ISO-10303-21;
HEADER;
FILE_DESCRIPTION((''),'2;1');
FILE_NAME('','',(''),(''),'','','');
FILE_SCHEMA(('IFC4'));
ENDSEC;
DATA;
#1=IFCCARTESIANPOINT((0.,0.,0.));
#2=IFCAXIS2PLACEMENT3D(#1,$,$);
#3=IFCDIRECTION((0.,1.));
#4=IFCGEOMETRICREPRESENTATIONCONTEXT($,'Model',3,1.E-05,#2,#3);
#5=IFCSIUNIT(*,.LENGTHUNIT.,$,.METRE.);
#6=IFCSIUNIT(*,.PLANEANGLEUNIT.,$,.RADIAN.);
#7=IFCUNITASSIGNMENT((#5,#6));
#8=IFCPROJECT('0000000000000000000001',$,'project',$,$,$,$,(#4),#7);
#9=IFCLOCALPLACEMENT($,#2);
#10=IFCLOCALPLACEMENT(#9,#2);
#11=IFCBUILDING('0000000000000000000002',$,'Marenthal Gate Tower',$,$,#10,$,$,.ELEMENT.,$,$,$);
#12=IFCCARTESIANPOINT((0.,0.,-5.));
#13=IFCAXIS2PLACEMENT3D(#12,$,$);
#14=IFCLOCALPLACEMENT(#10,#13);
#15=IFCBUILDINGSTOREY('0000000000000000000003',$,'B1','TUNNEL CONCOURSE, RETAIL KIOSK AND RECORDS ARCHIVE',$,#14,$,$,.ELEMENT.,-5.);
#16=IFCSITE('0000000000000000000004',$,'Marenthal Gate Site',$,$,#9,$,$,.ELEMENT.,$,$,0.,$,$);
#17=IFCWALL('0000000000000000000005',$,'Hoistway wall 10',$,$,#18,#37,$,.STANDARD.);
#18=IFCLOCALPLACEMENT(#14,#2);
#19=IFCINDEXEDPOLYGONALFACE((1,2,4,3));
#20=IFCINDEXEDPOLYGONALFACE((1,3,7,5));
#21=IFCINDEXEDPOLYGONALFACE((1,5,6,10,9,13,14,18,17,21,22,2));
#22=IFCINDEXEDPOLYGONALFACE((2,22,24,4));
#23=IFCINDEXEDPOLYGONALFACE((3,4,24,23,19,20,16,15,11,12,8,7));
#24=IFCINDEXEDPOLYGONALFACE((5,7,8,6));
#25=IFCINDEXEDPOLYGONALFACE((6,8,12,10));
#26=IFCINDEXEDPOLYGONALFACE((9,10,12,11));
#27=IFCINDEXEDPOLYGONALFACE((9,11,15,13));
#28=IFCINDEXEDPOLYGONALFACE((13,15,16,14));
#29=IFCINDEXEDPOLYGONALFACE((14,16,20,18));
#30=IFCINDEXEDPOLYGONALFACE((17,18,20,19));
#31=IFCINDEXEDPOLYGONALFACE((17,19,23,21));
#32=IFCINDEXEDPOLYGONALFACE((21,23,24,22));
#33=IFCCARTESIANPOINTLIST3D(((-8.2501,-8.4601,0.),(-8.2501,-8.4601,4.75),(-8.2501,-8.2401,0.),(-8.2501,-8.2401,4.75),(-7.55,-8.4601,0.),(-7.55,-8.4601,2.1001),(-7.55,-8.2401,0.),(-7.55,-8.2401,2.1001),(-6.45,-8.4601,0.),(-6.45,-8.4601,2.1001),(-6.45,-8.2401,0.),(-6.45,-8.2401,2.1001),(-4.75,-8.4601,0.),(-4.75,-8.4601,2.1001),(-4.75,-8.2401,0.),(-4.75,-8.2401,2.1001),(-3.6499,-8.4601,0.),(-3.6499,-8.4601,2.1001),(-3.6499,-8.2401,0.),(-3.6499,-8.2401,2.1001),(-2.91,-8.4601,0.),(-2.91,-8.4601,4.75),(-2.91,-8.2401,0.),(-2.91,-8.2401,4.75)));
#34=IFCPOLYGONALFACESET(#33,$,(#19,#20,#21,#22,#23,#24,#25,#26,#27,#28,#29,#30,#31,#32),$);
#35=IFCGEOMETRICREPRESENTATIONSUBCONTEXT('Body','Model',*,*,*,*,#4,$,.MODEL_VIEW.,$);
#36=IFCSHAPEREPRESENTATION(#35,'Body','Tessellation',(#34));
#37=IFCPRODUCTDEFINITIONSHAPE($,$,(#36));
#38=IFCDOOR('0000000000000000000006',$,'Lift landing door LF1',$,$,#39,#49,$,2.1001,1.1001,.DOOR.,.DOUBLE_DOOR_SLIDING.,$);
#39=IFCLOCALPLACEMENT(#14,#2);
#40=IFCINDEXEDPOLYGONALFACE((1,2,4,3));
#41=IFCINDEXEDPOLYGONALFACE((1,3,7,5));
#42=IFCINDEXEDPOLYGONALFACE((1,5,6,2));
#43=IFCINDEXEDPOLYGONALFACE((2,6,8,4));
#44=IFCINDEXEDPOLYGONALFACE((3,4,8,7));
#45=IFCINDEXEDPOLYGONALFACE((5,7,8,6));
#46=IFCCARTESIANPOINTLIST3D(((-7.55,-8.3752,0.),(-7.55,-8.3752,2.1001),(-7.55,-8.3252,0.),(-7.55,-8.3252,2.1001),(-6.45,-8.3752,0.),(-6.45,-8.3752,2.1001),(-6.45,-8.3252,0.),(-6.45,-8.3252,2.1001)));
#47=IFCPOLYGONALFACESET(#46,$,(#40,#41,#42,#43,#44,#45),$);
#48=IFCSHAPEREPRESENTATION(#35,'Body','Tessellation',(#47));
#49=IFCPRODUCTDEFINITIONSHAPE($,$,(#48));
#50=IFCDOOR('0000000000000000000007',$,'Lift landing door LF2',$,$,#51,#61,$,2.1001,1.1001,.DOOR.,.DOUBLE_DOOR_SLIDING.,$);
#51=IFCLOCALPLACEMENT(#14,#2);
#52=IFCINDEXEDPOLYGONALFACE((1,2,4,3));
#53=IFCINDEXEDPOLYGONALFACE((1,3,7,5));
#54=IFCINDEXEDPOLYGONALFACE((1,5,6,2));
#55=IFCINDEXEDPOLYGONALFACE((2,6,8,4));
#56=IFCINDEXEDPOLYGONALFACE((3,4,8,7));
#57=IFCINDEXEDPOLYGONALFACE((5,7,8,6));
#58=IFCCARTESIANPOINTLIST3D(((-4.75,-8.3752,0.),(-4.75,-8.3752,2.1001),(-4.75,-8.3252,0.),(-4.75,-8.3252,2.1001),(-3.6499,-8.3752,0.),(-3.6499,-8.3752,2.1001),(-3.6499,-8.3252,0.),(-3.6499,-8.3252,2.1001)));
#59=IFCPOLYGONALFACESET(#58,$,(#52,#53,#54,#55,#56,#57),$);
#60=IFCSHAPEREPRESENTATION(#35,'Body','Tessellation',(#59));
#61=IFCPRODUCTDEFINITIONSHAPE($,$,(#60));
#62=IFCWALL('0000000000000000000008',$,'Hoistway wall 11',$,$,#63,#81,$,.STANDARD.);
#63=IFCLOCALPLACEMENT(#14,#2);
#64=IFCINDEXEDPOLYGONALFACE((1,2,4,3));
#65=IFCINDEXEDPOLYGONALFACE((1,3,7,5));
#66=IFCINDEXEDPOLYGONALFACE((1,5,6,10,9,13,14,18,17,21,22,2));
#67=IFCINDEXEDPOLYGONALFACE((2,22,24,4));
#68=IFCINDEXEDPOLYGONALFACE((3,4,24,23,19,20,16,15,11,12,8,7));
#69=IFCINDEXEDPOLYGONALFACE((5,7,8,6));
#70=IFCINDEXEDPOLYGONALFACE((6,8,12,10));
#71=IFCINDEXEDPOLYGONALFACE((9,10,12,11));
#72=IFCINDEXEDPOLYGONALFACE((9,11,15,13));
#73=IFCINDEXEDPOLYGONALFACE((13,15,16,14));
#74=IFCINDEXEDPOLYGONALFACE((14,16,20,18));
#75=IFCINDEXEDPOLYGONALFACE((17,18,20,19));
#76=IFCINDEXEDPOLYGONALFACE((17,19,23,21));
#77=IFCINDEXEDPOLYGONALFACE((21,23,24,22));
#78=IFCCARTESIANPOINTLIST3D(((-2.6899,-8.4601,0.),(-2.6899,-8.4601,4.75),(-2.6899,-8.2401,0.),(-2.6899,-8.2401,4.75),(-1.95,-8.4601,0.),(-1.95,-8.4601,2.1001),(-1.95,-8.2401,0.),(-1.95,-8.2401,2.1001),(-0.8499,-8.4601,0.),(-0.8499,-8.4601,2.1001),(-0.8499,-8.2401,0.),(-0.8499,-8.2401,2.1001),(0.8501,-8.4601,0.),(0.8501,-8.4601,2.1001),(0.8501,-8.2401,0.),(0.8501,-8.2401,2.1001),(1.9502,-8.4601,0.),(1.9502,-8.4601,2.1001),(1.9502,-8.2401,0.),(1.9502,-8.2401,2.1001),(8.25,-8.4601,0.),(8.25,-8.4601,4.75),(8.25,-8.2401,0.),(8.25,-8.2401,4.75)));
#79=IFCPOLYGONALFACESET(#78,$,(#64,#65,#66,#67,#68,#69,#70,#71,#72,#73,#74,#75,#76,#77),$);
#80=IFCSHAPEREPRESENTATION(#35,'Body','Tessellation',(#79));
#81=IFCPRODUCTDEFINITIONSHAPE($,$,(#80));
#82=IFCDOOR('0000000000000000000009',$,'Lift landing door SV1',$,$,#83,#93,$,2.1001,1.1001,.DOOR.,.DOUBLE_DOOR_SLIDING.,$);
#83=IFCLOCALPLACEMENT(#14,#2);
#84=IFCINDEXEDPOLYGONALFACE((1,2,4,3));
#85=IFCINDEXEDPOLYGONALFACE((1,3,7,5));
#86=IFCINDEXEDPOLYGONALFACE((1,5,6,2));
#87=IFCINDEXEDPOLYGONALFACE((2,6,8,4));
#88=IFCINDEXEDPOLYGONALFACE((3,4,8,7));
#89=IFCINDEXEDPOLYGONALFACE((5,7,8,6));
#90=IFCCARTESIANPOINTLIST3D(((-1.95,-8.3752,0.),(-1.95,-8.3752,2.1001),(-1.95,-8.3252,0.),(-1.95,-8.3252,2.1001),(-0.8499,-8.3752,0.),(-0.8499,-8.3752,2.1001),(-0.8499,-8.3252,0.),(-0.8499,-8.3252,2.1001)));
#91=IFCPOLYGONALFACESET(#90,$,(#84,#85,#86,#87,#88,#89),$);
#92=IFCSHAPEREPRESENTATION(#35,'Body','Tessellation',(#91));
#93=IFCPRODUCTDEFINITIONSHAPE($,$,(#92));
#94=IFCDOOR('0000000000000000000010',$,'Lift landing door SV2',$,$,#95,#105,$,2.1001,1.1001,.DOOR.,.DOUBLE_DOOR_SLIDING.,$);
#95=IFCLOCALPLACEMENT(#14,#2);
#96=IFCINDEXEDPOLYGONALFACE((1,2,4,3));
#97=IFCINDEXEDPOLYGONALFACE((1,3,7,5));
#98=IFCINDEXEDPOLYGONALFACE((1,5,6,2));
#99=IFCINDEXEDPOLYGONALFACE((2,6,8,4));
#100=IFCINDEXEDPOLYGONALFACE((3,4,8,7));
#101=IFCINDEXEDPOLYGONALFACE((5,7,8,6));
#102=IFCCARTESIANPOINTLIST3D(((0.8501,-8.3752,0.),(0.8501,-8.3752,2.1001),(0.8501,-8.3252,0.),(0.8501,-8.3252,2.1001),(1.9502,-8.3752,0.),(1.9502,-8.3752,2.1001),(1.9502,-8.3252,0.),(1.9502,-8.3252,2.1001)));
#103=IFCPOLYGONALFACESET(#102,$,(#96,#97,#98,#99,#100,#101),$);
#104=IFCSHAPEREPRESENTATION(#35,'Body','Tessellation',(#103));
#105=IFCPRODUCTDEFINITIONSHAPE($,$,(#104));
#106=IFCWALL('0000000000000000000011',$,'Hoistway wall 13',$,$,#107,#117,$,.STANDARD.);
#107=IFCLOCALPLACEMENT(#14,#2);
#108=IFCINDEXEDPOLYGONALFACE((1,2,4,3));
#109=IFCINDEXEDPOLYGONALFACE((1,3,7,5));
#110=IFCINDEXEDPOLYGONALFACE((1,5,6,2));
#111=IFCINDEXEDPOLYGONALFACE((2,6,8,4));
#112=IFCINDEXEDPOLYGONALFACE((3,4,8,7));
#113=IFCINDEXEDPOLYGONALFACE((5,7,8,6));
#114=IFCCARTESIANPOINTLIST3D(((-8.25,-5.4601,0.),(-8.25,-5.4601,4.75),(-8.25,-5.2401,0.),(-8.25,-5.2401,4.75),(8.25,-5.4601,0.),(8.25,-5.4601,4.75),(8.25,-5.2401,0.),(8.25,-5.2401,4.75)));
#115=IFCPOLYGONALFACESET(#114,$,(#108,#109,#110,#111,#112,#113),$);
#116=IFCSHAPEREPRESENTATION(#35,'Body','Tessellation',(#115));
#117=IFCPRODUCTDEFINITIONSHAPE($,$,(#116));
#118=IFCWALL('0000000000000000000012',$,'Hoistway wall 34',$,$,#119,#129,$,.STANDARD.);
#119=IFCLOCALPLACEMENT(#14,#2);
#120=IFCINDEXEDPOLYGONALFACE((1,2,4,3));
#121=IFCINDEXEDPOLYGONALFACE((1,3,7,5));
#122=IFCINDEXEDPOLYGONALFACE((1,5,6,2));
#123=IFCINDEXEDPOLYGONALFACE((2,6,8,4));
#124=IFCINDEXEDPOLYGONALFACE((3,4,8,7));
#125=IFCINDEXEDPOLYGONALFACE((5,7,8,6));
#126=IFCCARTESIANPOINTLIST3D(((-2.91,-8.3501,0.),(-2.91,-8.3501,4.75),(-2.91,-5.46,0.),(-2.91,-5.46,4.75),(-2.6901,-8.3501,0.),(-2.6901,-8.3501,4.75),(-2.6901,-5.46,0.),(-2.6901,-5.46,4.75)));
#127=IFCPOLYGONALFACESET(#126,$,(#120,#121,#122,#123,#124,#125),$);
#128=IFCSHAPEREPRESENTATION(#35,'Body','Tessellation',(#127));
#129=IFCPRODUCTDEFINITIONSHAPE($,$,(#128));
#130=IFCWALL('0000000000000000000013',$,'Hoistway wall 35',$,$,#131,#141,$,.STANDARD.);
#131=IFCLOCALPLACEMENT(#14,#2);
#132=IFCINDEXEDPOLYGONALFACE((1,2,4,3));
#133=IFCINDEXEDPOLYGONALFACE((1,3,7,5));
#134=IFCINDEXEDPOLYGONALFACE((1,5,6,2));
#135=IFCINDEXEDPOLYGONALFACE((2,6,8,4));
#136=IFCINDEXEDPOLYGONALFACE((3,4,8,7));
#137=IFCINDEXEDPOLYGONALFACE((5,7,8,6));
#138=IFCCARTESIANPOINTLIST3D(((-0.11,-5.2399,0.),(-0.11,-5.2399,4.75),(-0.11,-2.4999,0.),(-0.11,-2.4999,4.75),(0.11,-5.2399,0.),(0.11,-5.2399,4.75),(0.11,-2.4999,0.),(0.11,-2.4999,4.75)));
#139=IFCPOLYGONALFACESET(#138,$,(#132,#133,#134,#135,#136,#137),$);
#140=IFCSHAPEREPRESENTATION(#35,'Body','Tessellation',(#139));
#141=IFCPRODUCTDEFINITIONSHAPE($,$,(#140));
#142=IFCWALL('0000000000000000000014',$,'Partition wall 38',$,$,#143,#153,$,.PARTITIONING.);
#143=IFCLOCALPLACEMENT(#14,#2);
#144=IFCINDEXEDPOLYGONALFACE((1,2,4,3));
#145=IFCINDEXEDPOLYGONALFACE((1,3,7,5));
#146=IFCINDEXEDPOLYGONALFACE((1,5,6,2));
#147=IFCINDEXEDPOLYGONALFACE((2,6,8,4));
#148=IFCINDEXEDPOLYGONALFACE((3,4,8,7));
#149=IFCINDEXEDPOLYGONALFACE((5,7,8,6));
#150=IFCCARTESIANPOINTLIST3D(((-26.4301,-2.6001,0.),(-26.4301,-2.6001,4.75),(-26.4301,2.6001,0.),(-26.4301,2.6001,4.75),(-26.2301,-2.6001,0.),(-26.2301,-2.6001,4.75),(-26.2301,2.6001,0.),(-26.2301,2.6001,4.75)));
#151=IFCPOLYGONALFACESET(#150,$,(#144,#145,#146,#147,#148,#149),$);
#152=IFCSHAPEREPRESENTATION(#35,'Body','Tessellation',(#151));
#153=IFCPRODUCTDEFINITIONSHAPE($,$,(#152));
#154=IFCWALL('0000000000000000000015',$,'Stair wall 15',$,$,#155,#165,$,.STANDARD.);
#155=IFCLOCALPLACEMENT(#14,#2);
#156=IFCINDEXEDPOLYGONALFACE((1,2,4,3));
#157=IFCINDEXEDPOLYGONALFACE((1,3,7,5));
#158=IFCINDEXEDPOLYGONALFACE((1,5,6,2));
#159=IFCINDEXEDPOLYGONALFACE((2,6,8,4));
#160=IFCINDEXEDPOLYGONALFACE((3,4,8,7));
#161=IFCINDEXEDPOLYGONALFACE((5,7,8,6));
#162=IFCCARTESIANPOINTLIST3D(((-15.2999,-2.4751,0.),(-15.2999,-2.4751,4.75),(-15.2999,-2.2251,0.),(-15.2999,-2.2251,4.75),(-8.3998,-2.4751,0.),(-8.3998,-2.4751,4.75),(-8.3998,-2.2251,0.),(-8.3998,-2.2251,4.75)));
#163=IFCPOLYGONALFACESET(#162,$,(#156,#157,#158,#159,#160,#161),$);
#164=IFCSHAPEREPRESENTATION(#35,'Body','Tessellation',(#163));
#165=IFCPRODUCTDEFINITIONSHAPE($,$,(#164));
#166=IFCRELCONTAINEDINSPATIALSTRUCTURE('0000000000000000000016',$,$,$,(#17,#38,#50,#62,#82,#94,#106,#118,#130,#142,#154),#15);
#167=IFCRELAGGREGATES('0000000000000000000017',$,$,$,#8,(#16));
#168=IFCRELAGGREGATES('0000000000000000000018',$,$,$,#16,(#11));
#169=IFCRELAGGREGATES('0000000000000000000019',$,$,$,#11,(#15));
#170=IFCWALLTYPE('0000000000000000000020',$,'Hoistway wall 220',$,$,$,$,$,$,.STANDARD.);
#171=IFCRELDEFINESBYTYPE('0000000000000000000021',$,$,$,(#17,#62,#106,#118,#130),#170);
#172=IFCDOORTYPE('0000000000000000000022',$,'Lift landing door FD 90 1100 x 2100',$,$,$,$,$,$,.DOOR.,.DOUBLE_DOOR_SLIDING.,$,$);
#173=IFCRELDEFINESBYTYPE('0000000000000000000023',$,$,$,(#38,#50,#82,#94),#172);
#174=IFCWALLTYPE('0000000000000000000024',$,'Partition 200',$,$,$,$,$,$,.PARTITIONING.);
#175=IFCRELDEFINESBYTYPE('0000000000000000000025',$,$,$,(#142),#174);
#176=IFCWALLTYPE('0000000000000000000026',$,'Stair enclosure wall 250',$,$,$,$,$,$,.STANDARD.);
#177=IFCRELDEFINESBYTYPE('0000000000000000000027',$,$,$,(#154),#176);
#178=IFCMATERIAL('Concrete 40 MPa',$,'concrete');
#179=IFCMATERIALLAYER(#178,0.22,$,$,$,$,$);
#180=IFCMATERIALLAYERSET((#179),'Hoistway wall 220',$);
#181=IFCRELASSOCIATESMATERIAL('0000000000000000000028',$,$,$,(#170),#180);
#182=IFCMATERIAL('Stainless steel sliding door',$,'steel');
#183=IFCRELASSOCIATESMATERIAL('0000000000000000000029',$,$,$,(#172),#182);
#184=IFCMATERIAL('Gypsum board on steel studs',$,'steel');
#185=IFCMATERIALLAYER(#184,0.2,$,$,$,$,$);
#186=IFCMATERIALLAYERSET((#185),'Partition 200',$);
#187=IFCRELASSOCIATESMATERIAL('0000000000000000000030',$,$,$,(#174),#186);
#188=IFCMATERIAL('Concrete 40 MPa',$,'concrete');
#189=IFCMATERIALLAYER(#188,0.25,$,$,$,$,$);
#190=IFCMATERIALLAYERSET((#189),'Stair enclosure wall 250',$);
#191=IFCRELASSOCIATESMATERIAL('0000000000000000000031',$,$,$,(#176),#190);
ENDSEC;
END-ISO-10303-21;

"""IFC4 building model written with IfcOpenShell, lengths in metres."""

from ifc_helpers import new_model, si_unit, direction, frame, frame_2d, origin, place, context, subcontext, project, spatial, rectangle, extrude, material, layer, layer_set, type_object, element, fill, save


model = new_model("IFC4")

# Units and contexts
model_context = context("Model", 3, precision=1e-05, world=origin(), true_north=direction((0.0, 1.0)))
body_context = subcontext(model_context, "Body", "Model", "MODEL_VIEW")
ifc_project = project(units=[si_unit("LENGTHUNIT", "METRE"), si_unit("PLANEANGLEUNIT", "RADIAN")], contexts=[model_context])

# Site, building, storey
site_placement = place(None, origin())
site = spatial("IfcSite", under=ifc_project, at=site_placement, Name="Marenthal Gate Site", CompositionType="ELEMENT", RefElevation=0.0)
building_placement = place(site_placement, origin())
building = spatial("IfcBuilding", under=site, at=building_placement, Name="Marenthal Gate Tower", CompositionType="ELEMENT")
storey_placement = place(building_placement, frame((0.0, 0.0, -5.0)))
storey = spatial("IfcBuildingStorey", under=building, at=storey_placement, Name="B1", Description="TUNNEL CONCOURSE, RETAIL KIOSK AND RECORDS ARCHIVE", CompositionType="ELEMENT", Elevation=-5.0)

# Walls, openings, doors
ifc_material_1 = material(Name="Concrete 40 MPa", Category="concrete")
ifc_layer_1 = layer(ifc_material_1, 0.22)
ifc_layer_set_1 = layer_set([ifc_layer_1], Name="Hoistway wall 220")
wall_type_1 = type_object("IfcWallType", Name="Hoistway wall 220", PredefinedType="STANDARD", material=ifc_layer_set_1)
wall_1_placement = place(storey_placement, frame((-8.25, -8.3501, 0.0), z_axis=(0.0, 0.0, 1.0), x_axis=(1.0, 0.0, 0.0)))
wall_1 = element("IfcWall", 1, at=wall_1_placement, inside=storey, type_object=wall_type_1, Name="Hoistway wall 10", PredefinedType="STANDARD", context=body_context, shape_type="SweptSolid", body=[
    extrude(rectangle(XDim=5.3401, YDim=0.22, at=frame_2d((2.6699, 0.0))), origin(), (0.0, 0.0, 1.0), 4.75),
])
opening_1_placement = place(wall_1_placement, frame((0.7, 0.0, 0.0)))
opening_1 = element("IfcOpeningElement", 2, at=opening_1_placement, cuts=wall_1, PredefinedType="OPENING", context=body_context, shape_type="SweptSolid", body=[
    extrude(rectangle(XDim=1.1001, YDim=2.1001, at=frame_2d((0.55, 1.05))), frame((0.0, 0.1201, 0.0), z_axis=(0.0, -1.0, 0.0), x_axis=(1.0, 0.0, 0.0)), (0.0, 0.0, 1.0), 0.24),
])
opening_2_placement = place(wall_1_placement, frame((3.5, 0.0, 0.0)))
opening_2 = element("IfcOpeningElement", 3, at=opening_2_placement, cuts=wall_1, PredefinedType="OPENING", context=body_context, shape_type="SweptSolid", body=[
    extrude(rectangle(XDim=1.1001, YDim=2.1001, at=frame_2d((0.55, 1.05))), frame((0.0, 0.1201, 0.0), z_axis=(0.0, -1.0, 0.0), x_axis=(1.0, 0.0, 0.0)), (0.0, 0.0, 1.0), 0.24),
])
ifc_material_2 = material(Name="Stainless steel sliding door", Category="steel")
door_type_1 = type_object("IfcDoorType", Name="Lift landing door FD 90 1100 x 2100", OperationType="DOUBLE_DOOR_SLIDING", PredefinedType="DOOR", material=ifc_material_2)
door_1_placement = place(opening_1_placement, origin())
door_1 = element("IfcDoor", 4, at=door_1_placement, inside=storey, type_object=door_type_1, Name="Lift landing door LF1", OperationType="DOUBLE_DOOR_SLIDING", OverallHeight=2.1001, OverallWidth=1.1001, PredefinedType="DOOR", context=body_context, shape_type="SweptSolid", body=[
    extrude(rectangle(XDim=1.1001, YDim=2.1001, at=frame_2d((0.55, 1.05))), frame((0.0, 0.0249, 0.0), z_axis=(0.0, -1.0, 0.0), x_axis=(1.0, 0.0, 0.0)), (0.0, 0.0, 1.0), 0.05),
])
fill(opening_1, door_1)
door_2_placement = place(opening_2_placement, origin())
door_2 = element("IfcDoor", 5, at=door_2_placement, inside=storey, type_object=door_type_1, Name="Lift landing door LF2", OperationType="DOUBLE_DOOR_SLIDING", OverallHeight=2.1001, OverallWidth=1.1001, PredefinedType="DOOR", context=body_context, shape_type="SweptSolid", body=[
    extrude(rectangle(XDim=1.1001, YDim=2.1001, at=frame_2d((0.55, 1.05))), frame((0.0, 0.0249, 0.0), z_axis=(0.0, -1.0, 0.0), x_axis=(1.0, 0.0, 0.0)), (0.0, 0.0, 1.0), 0.05),
])
fill(opening_2, door_2)
wall_2_placement = place(storey_placement, frame((-2.6899, -8.3501, 0.0), z_axis=(0.0, 0.0, 1.0), x_axis=(1.0, 0.0, 0.0)))
wall_2 = element("IfcWall", 6, at=wall_2_placement, inside=storey, type_object=wall_type_1, Name="Hoistway wall 11", PredefinedType="STANDARD", context=body_context, shape_type="SweptSolid", body=[
    extrude(rectangle(XDim=10.9399, YDim=0.22, at=frame_2d((5.47, 0.0))), origin(), (0.0, 0.0, 1.0), 4.75),
])
opening_3_placement = place(wall_2_placement, frame((0.74, 0.0, 0.0)))
opening_3 = element("IfcOpeningElement", 7, at=opening_3_placement, cuts=wall_2, PredefinedType="OPENING", context=body_context, shape_type="SweptSolid", body=[
    extrude(rectangle(XDim=1.1001, YDim=2.1001, at=frame_2d((0.55, 1.05))), frame((0.0, 0.1201, 0.0), z_axis=(0.0, -1.0, 0.0), x_axis=(1.0, 0.0, 0.0)), (0.0, 0.0, 1.0), 0.24),
])
opening_4_placement = place(wall_2_placement, frame((3.54, 0.0, 0.0)))
opening_4 = element("IfcOpeningElement", 8, at=opening_4_placement, cuts=wall_2, PredefinedType="OPENING", context=body_context, shape_type="SweptSolid", body=[
    extrude(rectangle(XDim=1.1001, YDim=2.1001, at=frame_2d((0.55, 1.05))), frame((0.0, 0.1201, 0.0), z_axis=(0.0, -1.0, 0.0), x_axis=(1.0, 0.0, 0.0)), (0.0, 0.0, 1.0), 0.24),
])
door_3_placement = place(opening_3_placement, origin())
door_3 = element("IfcDoor", 9, at=door_3_placement, inside=storey, type_object=door_type_1, Name="Lift landing door SV1", OperationType="DOUBLE_DOOR_SLIDING", OverallHeight=2.1001, OverallWidth=1.1001, PredefinedType="DOOR", context=body_context, shape_type="SweptSolid", body=[
    extrude(rectangle(XDim=1.1001, YDim=2.1001, at=frame_2d((0.55, 1.05))), frame((0.0, 0.0249, 0.0), z_axis=(0.0, -1.0, 0.0), x_axis=(1.0, 0.0, 0.0)), (0.0, 0.0, 1.0), 0.05),
])
fill(opening_3, door_3)
door_4_placement = place(opening_4_placement, origin())
door_4 = element("IfcDoor", 10, at=door_4_placement, inside=storey, type_object=door_type_1, Name="Lift landing door SV2", OperationType="DOUBLE_DOOR_SLIDING", OverallHeight=2.1001, OverallWidth=1.1001, PredefinedType="DOOR", context=body_context, shape_type="SweptSolid", body=[
    extrude(rectangle(XDim=1.1001, YDim=2.1001, at=frame_2d((0.55, 1.05))), frame((0.0, 0.0249, 0.0), z_axis=(0.0, -1.0, 0.0), x_axis=(1.0, 0.0, 0.0)), (0.0, 0.0, 1.0), 0.05),
])
fill(opening_4, door_4)

# Walls
wall_3_placement = place(storey_placement, frame((-8.25, -5.3501, 0.0), z_axis=(0.0, 0.0, 1.0), x_axis=(1.0, 0.0, 0.0)))
element("IfcWall", 11, at=wall_3_placement, inside=storey, type_object=wall_type_1, Name="Hoistway wall 13", PredefinedType="STANDARD", context=body_context, shape_type="SweptSolid", body=[
    extrude(rectangle(XDim=16.5, YDim=0.22, at=frame_2d((8.25, 0.0))), origin(), (0.0, 0.0, 1.0), 4.75),
])
wall_4_placement = place(storey_placement, frame((-2.8, -8.3501, 0.0), z_axis=(0.0, 0.0, 1.0), x_axis=(0.0, 1.0, 0.0)))
element("IfcWall", 12, at=wall_4_placement, inside=storey, type_object=wall_type_1, Name="Hoistway wall 34", PredefinedType="STANDARD", context=body_context, shape_type="SweptSolid", body=[
    extrude(rectangle(XDim=2.8901, YDim=0.22, at=frame_2d((1.4451, 0.0))), origin(), (0.0, 0.0, 1.0), 4.75),
])
wall_5_placement = place(storey_placement, frame((0.0, -5.24, 0.0), z_axis=(0.0, 0.0, 1.0), x_axis=(0.0, 1.0, 0.0)))
element("IfcWall", 13, at=wall_5_placement, inside=storey, type_object=wall_type_1, Name="Hoistway wall 35", PredefinedType="STANDARD", context=body_context, shape_type="SweptSolid", body=[
    extrude(rectangle(XDim=2.74, YDim=0.22, at=frame_2d((1.3701, 0.0))), origin(), (0.0, 0.0, 1.0), 4.75),
])
ifc_material_3 = material(Name="Gypsum board on steel studs", Category="steel")
ifc_layer_2 = layer(ifc_material_3, 0.2)
ifc_layer_set_2 = layer_set([ifc_layer_2], Name="Partition 200")
wall_type_2 = type_object("IfcWallType", Name="Partition 200", PredefinedType="PARTITIONING", material=ifc_layer_set_2)
wall_6_placement = place(storey_placement, frame((-26.3301, -2.6001, 0.0), z_axis=(0.0, 0.0, 1.0), x_axis=(0.0, 1.0, 0.0)))
element("IfcWall", 14, at=wall_6_placement, inside=storey, type_object=wall_type_2, Name="Partition wall 38", PredefinedType="PARTITIONING", context=body_context, shape_type="SweptSolid", body=[
    extrude(rectangle(XDim=5.2002, YDim=0.2, at=frame_2d((2.6001, 0.0))), origin(), (0.0, 0.0, 1.0), 4.75),
])
ifc_material_4 = material(Name="Concrete 40 MPa", Category="concrete")
ifc_layer_3 = layer(ifc_material_4, 0.25)
ifc_layer_set_3 = layer_set([ifc_layer_3], Name="Stair enclosure wall 250")
wall_type_3 = type_object("IfcWallType", Name="Stair enclosure wall 250", PredefinedType="STANDARD", material=ifc_layer_set_3)
wall_7_placement = place(storey_placement, frame((-15.3, -2.3501, 0.0), z_axis=(0.0, 0.0, 1.0), x_axis=(1.0, 0.0, 0.0)))
element("IfcWall", 15, at=wall_7_placement, inside=storey, type_object=wall_type_3, Name="Stair wall 15", PredefinedType="STANDARD", context=body_context, shape_type="SweptSolid", body=[
    extrude(rectangle(XDim=6.9001, YDim=0.25, at=frame_2d((3.4502, 0.0))), origin(), (0.0, 0.0, 1.0), 4.75),
])

save(model, "model.ifc")
